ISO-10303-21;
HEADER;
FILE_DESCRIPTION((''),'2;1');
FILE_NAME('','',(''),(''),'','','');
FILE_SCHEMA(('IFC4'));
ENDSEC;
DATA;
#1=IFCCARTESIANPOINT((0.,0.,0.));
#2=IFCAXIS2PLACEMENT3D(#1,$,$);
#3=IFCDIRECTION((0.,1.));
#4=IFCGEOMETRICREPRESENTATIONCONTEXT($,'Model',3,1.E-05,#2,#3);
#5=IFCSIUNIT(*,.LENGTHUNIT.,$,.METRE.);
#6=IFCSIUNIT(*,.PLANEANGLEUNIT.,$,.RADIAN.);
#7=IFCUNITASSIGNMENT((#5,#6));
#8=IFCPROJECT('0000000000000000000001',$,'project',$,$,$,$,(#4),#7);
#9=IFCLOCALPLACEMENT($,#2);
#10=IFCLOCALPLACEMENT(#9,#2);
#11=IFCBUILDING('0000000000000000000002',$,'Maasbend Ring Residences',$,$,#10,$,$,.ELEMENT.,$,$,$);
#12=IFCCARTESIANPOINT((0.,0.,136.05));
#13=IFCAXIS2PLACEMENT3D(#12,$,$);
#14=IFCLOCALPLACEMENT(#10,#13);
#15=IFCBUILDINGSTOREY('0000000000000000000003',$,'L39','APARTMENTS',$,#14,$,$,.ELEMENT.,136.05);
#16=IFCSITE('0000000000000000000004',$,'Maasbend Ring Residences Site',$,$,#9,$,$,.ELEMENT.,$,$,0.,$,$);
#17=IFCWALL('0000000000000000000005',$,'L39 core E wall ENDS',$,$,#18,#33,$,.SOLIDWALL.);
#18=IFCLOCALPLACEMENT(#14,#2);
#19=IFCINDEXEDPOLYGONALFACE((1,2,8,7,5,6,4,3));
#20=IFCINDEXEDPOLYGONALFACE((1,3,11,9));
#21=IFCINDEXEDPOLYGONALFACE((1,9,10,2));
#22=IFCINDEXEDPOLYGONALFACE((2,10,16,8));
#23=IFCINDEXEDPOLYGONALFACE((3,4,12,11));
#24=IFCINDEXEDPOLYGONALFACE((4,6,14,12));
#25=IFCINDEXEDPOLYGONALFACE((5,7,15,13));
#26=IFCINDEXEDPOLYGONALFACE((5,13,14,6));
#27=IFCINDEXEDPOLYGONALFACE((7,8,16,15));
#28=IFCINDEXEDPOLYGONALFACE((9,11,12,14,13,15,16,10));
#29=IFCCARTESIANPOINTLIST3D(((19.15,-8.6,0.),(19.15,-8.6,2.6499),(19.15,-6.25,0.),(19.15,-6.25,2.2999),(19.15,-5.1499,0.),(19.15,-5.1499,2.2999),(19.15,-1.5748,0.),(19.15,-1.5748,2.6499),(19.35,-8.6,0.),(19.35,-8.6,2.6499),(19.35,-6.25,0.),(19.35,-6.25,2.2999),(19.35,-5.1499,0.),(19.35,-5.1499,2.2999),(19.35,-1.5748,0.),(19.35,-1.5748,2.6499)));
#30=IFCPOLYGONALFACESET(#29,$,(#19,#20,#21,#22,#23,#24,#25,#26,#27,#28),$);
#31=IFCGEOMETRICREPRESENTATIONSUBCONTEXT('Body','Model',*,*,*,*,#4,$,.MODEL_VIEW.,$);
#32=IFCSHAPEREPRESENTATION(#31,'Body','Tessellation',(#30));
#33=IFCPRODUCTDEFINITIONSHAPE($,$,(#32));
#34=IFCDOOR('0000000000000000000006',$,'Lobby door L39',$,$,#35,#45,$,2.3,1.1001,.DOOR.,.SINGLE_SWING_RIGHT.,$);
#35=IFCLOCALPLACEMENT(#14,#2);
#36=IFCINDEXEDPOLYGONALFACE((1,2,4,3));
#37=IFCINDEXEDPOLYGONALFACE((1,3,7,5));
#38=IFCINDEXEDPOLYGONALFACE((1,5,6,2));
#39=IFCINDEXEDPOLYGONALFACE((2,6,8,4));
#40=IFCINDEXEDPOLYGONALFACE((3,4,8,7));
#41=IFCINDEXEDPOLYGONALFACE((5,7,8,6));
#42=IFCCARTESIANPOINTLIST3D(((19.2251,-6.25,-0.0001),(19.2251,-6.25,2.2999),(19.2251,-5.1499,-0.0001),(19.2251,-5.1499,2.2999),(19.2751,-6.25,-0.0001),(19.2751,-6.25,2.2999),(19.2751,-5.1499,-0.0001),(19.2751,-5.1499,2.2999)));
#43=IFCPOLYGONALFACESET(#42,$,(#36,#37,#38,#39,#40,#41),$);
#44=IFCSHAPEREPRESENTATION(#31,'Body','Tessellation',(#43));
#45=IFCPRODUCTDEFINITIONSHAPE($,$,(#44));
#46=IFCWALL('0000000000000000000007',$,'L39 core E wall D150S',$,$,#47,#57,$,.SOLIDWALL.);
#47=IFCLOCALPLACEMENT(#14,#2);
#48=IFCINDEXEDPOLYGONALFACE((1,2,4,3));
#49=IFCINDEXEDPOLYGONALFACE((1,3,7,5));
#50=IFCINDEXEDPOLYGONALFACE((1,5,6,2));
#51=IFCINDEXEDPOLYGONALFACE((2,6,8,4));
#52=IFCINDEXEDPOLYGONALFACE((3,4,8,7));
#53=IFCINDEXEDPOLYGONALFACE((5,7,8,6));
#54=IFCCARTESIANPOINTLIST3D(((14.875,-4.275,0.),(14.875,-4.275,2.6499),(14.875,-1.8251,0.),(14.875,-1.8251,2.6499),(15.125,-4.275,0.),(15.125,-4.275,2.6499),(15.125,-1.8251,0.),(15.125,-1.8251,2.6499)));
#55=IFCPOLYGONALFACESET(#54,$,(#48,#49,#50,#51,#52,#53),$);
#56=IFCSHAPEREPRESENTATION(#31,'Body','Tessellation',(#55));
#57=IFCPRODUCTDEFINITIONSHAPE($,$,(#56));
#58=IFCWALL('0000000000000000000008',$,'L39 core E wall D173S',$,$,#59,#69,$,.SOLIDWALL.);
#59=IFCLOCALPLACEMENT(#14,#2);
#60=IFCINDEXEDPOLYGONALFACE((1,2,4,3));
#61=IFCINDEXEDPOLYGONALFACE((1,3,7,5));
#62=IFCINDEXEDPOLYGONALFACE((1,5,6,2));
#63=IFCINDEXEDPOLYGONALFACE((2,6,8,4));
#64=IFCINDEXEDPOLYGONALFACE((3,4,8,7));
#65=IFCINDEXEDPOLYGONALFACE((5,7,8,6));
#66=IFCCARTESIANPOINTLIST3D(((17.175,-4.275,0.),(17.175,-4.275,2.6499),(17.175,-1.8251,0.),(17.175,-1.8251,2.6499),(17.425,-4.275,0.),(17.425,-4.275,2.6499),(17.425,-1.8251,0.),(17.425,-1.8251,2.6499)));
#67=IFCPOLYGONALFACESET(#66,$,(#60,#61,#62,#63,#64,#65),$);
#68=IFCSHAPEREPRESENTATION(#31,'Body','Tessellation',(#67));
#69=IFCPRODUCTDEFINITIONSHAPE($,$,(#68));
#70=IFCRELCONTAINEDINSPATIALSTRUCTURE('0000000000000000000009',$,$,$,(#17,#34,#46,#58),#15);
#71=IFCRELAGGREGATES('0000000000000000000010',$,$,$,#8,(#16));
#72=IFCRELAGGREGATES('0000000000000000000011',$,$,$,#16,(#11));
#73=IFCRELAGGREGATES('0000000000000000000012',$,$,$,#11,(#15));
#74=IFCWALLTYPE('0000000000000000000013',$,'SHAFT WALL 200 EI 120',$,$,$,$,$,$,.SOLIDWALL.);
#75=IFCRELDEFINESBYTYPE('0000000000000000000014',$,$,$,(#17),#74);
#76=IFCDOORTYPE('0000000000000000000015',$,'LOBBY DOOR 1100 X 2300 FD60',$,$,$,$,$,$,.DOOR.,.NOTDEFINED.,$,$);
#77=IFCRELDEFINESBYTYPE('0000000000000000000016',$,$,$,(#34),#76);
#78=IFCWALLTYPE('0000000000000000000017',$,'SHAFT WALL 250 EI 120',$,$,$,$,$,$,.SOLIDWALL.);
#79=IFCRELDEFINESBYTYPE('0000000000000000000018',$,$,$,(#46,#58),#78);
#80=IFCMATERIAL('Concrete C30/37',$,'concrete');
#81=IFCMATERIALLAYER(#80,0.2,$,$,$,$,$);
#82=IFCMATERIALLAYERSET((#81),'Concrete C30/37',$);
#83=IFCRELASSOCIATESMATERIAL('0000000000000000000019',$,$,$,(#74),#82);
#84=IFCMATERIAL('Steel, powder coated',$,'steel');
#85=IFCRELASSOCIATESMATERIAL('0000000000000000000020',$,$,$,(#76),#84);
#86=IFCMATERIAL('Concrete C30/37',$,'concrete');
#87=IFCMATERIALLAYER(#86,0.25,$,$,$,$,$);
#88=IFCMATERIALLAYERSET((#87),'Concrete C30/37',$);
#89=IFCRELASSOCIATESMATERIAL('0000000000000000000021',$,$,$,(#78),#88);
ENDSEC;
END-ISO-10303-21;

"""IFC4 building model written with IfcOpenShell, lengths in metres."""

from ifc_helpers import new_model, si_unit, direction, frame, frame_2d, origin, place, context, subcontext, project, spatial, rectangle, extrude, material, layer, layer_set, type_object, element, fill, save


model = new_model("IFC4")

# Units and contexts
model_context = context("Model", 3, precision=1e-05, world=origin(), true_north=direction((0.0, 1.0)))
body_context = subcontext(model_context, "Body", "Model", "MODEL_VIEW")
ifc_project = project(units=[si_unit("LENGTHUNIT", "METRE"), si_unit("PLANEANGLEUNIT", "RADIAN")], contexts=[model_context])

# Site, building, storey
site_placement = place(None, origin())
site = spatial("IfcSite", under=ifc_project, at=site_placement, Name="Maasbend Ring Residences Site", CompositionType="ELEMENT", RefElevation=0.0)
building_placement = place(site_placement, origin())
building = spatial("IfcBuilding", under=site, at=building_placement, Name="Maasbend Ring Residences", CompositionType="ELEMENT")
storey_placement = place(building_placement, frame((0.0, 0.0, 136.05)))
storey = spatial("IfcBuildingStorey", under=building, at=storey_placement, Name="L39", Description="APARTMENTS", CompositionType="ELEMENT", Elevation=136.05)

# Wall, opening, door
ifc_material_1 = material(Name="Concrete C30/37", Category="concrete")
ifc_layer_1 = layer(ifc_material_1, 0.2)
ifc_layer_set_1 = layer_set([ifc_layer_1], Name="Concrete C30/37")
wall_type_1 = type_object("IfcWallType", Name="SHAFT WALL 200 EI 120", PredefinedType="SOLIDWALL", material=ifc_layer_set_1)
wall_1_placement = place(storey_placement, frame((19.25, -8.6001, 0.0), z_axis=(0.0, 0.0, 1.0), x_axis=(0.0, 1.0, 0.0)))
wall_1 = element("IfcWall", 1, at=wall_1_placement, inside=storey, type_object=wall_type_1, Name="L39 core E wall ENDS", PredefinedType="SOLIDWALL", context=body_context, shape_type="SweptSolid", body=[
    extrude(rectangle(XDim=7.0251, YDim=0.2, at=frame_2d((3.5127, 0.0))), origin(), (0.0, 0.0, 1.0), 2.6499),
])
opening_1_placement = place(wall_1_placement, frame((2.3501, 0.0, 0.0)))
opening_1 = element("IfcOpeningElement", 2, at=opening_1_placement, cuts=wall_1, PredefinedType="OPENING", context=body_context, shape_type="SweptSolid", body=[
    extrude(rectangle(XDim=1.1001, YDim=2.3, at=frame_2d((0.55, 1.1499))), frame((0.0, 0.1099, 0.0), z_axis=(0.0, -1.0, 0.0), x_axis=(1.0, 0.0, 0.0)), (0.0, 0.0, 1.0), 0.22),
])
ifc_material_2 = material(Name="Steel, powder coated", Category="steel")
door_type_1 = type_object("IfcDoorType", Name="LOBBY DOOR 1100 X 2300 FD60", OperationType="NOTDEFINED", PredefinedType="DOOR", material=ifc_material_2)
door_1_placement = place(opening_1_placement, origin())
door_1 = element("IfcDoor", 3, at=door_1_placement, inside=storey, type_object=door_type_1, Name="Lobby door L39", OperationType="SINGLE_SWING_RIGHT", OverallHeight=2.3, OverallWidth=1.1001, PredefinedType="DOOR", context=body_context, shape_type="SweptSolid", body=[
    extrude(rectangle(XDim=1.1001, YDim=2.3, at=frame_2d((0.55, 1.1499))), frame((0.0, 0.0249, 0.0), z_axis=(0.0, -1.0, 0.0), x_axis=(1.0, 0.0, 0.0)), (0.0, 0.0, 1.0), 0.05),
])
fill(opening_1, door_1)

# Walls
ifc_material_3 = material(Name="Concrete C30/37", Category="concrete")
ifc_layer_2 = layer(ifc_material_3, 0.25)
ifc_layer_set_2 = layer_set([ifc_layer_2], Name="Concrete C30/37")
wall_type_2 = type_object("IfcWallType", Name="SHAFT WALL 250 EI 120", PredefinedType="SOLIDWALL", material=ifc_layer_set_2)
for number, where, z_axis, x_axis, name in (
    (4, (15.0, -1.825, 0.0), (0.0, 0.0, 1.0), (0.0, -1.0, 0.0), "L39 core E wall D150S"),
    (5, (17.3, -1.825, 0.0), (0.0, 0.0, 1.0), (0.0, -1.0, 0.0), "L39 core E wall D173S"),
):
    element("IfcWall", number, at=place(storey_placement, frame(where, z_axis=z_axis, x_axis=x_axis)), inside=storey, type_object=wall_type_2, Name=name, PredefinedType="SOLIDWALL", context=body_context, shape_type="SweptSolid", body=[
        extrude(rectangle(XDim=2.45, YDim=0.25, at=frame_2d((1.2251, 0.0))), origin(), (0.0, 0.0, 1.0), 2.6499),
    ])

save(model, "model.ifc")
